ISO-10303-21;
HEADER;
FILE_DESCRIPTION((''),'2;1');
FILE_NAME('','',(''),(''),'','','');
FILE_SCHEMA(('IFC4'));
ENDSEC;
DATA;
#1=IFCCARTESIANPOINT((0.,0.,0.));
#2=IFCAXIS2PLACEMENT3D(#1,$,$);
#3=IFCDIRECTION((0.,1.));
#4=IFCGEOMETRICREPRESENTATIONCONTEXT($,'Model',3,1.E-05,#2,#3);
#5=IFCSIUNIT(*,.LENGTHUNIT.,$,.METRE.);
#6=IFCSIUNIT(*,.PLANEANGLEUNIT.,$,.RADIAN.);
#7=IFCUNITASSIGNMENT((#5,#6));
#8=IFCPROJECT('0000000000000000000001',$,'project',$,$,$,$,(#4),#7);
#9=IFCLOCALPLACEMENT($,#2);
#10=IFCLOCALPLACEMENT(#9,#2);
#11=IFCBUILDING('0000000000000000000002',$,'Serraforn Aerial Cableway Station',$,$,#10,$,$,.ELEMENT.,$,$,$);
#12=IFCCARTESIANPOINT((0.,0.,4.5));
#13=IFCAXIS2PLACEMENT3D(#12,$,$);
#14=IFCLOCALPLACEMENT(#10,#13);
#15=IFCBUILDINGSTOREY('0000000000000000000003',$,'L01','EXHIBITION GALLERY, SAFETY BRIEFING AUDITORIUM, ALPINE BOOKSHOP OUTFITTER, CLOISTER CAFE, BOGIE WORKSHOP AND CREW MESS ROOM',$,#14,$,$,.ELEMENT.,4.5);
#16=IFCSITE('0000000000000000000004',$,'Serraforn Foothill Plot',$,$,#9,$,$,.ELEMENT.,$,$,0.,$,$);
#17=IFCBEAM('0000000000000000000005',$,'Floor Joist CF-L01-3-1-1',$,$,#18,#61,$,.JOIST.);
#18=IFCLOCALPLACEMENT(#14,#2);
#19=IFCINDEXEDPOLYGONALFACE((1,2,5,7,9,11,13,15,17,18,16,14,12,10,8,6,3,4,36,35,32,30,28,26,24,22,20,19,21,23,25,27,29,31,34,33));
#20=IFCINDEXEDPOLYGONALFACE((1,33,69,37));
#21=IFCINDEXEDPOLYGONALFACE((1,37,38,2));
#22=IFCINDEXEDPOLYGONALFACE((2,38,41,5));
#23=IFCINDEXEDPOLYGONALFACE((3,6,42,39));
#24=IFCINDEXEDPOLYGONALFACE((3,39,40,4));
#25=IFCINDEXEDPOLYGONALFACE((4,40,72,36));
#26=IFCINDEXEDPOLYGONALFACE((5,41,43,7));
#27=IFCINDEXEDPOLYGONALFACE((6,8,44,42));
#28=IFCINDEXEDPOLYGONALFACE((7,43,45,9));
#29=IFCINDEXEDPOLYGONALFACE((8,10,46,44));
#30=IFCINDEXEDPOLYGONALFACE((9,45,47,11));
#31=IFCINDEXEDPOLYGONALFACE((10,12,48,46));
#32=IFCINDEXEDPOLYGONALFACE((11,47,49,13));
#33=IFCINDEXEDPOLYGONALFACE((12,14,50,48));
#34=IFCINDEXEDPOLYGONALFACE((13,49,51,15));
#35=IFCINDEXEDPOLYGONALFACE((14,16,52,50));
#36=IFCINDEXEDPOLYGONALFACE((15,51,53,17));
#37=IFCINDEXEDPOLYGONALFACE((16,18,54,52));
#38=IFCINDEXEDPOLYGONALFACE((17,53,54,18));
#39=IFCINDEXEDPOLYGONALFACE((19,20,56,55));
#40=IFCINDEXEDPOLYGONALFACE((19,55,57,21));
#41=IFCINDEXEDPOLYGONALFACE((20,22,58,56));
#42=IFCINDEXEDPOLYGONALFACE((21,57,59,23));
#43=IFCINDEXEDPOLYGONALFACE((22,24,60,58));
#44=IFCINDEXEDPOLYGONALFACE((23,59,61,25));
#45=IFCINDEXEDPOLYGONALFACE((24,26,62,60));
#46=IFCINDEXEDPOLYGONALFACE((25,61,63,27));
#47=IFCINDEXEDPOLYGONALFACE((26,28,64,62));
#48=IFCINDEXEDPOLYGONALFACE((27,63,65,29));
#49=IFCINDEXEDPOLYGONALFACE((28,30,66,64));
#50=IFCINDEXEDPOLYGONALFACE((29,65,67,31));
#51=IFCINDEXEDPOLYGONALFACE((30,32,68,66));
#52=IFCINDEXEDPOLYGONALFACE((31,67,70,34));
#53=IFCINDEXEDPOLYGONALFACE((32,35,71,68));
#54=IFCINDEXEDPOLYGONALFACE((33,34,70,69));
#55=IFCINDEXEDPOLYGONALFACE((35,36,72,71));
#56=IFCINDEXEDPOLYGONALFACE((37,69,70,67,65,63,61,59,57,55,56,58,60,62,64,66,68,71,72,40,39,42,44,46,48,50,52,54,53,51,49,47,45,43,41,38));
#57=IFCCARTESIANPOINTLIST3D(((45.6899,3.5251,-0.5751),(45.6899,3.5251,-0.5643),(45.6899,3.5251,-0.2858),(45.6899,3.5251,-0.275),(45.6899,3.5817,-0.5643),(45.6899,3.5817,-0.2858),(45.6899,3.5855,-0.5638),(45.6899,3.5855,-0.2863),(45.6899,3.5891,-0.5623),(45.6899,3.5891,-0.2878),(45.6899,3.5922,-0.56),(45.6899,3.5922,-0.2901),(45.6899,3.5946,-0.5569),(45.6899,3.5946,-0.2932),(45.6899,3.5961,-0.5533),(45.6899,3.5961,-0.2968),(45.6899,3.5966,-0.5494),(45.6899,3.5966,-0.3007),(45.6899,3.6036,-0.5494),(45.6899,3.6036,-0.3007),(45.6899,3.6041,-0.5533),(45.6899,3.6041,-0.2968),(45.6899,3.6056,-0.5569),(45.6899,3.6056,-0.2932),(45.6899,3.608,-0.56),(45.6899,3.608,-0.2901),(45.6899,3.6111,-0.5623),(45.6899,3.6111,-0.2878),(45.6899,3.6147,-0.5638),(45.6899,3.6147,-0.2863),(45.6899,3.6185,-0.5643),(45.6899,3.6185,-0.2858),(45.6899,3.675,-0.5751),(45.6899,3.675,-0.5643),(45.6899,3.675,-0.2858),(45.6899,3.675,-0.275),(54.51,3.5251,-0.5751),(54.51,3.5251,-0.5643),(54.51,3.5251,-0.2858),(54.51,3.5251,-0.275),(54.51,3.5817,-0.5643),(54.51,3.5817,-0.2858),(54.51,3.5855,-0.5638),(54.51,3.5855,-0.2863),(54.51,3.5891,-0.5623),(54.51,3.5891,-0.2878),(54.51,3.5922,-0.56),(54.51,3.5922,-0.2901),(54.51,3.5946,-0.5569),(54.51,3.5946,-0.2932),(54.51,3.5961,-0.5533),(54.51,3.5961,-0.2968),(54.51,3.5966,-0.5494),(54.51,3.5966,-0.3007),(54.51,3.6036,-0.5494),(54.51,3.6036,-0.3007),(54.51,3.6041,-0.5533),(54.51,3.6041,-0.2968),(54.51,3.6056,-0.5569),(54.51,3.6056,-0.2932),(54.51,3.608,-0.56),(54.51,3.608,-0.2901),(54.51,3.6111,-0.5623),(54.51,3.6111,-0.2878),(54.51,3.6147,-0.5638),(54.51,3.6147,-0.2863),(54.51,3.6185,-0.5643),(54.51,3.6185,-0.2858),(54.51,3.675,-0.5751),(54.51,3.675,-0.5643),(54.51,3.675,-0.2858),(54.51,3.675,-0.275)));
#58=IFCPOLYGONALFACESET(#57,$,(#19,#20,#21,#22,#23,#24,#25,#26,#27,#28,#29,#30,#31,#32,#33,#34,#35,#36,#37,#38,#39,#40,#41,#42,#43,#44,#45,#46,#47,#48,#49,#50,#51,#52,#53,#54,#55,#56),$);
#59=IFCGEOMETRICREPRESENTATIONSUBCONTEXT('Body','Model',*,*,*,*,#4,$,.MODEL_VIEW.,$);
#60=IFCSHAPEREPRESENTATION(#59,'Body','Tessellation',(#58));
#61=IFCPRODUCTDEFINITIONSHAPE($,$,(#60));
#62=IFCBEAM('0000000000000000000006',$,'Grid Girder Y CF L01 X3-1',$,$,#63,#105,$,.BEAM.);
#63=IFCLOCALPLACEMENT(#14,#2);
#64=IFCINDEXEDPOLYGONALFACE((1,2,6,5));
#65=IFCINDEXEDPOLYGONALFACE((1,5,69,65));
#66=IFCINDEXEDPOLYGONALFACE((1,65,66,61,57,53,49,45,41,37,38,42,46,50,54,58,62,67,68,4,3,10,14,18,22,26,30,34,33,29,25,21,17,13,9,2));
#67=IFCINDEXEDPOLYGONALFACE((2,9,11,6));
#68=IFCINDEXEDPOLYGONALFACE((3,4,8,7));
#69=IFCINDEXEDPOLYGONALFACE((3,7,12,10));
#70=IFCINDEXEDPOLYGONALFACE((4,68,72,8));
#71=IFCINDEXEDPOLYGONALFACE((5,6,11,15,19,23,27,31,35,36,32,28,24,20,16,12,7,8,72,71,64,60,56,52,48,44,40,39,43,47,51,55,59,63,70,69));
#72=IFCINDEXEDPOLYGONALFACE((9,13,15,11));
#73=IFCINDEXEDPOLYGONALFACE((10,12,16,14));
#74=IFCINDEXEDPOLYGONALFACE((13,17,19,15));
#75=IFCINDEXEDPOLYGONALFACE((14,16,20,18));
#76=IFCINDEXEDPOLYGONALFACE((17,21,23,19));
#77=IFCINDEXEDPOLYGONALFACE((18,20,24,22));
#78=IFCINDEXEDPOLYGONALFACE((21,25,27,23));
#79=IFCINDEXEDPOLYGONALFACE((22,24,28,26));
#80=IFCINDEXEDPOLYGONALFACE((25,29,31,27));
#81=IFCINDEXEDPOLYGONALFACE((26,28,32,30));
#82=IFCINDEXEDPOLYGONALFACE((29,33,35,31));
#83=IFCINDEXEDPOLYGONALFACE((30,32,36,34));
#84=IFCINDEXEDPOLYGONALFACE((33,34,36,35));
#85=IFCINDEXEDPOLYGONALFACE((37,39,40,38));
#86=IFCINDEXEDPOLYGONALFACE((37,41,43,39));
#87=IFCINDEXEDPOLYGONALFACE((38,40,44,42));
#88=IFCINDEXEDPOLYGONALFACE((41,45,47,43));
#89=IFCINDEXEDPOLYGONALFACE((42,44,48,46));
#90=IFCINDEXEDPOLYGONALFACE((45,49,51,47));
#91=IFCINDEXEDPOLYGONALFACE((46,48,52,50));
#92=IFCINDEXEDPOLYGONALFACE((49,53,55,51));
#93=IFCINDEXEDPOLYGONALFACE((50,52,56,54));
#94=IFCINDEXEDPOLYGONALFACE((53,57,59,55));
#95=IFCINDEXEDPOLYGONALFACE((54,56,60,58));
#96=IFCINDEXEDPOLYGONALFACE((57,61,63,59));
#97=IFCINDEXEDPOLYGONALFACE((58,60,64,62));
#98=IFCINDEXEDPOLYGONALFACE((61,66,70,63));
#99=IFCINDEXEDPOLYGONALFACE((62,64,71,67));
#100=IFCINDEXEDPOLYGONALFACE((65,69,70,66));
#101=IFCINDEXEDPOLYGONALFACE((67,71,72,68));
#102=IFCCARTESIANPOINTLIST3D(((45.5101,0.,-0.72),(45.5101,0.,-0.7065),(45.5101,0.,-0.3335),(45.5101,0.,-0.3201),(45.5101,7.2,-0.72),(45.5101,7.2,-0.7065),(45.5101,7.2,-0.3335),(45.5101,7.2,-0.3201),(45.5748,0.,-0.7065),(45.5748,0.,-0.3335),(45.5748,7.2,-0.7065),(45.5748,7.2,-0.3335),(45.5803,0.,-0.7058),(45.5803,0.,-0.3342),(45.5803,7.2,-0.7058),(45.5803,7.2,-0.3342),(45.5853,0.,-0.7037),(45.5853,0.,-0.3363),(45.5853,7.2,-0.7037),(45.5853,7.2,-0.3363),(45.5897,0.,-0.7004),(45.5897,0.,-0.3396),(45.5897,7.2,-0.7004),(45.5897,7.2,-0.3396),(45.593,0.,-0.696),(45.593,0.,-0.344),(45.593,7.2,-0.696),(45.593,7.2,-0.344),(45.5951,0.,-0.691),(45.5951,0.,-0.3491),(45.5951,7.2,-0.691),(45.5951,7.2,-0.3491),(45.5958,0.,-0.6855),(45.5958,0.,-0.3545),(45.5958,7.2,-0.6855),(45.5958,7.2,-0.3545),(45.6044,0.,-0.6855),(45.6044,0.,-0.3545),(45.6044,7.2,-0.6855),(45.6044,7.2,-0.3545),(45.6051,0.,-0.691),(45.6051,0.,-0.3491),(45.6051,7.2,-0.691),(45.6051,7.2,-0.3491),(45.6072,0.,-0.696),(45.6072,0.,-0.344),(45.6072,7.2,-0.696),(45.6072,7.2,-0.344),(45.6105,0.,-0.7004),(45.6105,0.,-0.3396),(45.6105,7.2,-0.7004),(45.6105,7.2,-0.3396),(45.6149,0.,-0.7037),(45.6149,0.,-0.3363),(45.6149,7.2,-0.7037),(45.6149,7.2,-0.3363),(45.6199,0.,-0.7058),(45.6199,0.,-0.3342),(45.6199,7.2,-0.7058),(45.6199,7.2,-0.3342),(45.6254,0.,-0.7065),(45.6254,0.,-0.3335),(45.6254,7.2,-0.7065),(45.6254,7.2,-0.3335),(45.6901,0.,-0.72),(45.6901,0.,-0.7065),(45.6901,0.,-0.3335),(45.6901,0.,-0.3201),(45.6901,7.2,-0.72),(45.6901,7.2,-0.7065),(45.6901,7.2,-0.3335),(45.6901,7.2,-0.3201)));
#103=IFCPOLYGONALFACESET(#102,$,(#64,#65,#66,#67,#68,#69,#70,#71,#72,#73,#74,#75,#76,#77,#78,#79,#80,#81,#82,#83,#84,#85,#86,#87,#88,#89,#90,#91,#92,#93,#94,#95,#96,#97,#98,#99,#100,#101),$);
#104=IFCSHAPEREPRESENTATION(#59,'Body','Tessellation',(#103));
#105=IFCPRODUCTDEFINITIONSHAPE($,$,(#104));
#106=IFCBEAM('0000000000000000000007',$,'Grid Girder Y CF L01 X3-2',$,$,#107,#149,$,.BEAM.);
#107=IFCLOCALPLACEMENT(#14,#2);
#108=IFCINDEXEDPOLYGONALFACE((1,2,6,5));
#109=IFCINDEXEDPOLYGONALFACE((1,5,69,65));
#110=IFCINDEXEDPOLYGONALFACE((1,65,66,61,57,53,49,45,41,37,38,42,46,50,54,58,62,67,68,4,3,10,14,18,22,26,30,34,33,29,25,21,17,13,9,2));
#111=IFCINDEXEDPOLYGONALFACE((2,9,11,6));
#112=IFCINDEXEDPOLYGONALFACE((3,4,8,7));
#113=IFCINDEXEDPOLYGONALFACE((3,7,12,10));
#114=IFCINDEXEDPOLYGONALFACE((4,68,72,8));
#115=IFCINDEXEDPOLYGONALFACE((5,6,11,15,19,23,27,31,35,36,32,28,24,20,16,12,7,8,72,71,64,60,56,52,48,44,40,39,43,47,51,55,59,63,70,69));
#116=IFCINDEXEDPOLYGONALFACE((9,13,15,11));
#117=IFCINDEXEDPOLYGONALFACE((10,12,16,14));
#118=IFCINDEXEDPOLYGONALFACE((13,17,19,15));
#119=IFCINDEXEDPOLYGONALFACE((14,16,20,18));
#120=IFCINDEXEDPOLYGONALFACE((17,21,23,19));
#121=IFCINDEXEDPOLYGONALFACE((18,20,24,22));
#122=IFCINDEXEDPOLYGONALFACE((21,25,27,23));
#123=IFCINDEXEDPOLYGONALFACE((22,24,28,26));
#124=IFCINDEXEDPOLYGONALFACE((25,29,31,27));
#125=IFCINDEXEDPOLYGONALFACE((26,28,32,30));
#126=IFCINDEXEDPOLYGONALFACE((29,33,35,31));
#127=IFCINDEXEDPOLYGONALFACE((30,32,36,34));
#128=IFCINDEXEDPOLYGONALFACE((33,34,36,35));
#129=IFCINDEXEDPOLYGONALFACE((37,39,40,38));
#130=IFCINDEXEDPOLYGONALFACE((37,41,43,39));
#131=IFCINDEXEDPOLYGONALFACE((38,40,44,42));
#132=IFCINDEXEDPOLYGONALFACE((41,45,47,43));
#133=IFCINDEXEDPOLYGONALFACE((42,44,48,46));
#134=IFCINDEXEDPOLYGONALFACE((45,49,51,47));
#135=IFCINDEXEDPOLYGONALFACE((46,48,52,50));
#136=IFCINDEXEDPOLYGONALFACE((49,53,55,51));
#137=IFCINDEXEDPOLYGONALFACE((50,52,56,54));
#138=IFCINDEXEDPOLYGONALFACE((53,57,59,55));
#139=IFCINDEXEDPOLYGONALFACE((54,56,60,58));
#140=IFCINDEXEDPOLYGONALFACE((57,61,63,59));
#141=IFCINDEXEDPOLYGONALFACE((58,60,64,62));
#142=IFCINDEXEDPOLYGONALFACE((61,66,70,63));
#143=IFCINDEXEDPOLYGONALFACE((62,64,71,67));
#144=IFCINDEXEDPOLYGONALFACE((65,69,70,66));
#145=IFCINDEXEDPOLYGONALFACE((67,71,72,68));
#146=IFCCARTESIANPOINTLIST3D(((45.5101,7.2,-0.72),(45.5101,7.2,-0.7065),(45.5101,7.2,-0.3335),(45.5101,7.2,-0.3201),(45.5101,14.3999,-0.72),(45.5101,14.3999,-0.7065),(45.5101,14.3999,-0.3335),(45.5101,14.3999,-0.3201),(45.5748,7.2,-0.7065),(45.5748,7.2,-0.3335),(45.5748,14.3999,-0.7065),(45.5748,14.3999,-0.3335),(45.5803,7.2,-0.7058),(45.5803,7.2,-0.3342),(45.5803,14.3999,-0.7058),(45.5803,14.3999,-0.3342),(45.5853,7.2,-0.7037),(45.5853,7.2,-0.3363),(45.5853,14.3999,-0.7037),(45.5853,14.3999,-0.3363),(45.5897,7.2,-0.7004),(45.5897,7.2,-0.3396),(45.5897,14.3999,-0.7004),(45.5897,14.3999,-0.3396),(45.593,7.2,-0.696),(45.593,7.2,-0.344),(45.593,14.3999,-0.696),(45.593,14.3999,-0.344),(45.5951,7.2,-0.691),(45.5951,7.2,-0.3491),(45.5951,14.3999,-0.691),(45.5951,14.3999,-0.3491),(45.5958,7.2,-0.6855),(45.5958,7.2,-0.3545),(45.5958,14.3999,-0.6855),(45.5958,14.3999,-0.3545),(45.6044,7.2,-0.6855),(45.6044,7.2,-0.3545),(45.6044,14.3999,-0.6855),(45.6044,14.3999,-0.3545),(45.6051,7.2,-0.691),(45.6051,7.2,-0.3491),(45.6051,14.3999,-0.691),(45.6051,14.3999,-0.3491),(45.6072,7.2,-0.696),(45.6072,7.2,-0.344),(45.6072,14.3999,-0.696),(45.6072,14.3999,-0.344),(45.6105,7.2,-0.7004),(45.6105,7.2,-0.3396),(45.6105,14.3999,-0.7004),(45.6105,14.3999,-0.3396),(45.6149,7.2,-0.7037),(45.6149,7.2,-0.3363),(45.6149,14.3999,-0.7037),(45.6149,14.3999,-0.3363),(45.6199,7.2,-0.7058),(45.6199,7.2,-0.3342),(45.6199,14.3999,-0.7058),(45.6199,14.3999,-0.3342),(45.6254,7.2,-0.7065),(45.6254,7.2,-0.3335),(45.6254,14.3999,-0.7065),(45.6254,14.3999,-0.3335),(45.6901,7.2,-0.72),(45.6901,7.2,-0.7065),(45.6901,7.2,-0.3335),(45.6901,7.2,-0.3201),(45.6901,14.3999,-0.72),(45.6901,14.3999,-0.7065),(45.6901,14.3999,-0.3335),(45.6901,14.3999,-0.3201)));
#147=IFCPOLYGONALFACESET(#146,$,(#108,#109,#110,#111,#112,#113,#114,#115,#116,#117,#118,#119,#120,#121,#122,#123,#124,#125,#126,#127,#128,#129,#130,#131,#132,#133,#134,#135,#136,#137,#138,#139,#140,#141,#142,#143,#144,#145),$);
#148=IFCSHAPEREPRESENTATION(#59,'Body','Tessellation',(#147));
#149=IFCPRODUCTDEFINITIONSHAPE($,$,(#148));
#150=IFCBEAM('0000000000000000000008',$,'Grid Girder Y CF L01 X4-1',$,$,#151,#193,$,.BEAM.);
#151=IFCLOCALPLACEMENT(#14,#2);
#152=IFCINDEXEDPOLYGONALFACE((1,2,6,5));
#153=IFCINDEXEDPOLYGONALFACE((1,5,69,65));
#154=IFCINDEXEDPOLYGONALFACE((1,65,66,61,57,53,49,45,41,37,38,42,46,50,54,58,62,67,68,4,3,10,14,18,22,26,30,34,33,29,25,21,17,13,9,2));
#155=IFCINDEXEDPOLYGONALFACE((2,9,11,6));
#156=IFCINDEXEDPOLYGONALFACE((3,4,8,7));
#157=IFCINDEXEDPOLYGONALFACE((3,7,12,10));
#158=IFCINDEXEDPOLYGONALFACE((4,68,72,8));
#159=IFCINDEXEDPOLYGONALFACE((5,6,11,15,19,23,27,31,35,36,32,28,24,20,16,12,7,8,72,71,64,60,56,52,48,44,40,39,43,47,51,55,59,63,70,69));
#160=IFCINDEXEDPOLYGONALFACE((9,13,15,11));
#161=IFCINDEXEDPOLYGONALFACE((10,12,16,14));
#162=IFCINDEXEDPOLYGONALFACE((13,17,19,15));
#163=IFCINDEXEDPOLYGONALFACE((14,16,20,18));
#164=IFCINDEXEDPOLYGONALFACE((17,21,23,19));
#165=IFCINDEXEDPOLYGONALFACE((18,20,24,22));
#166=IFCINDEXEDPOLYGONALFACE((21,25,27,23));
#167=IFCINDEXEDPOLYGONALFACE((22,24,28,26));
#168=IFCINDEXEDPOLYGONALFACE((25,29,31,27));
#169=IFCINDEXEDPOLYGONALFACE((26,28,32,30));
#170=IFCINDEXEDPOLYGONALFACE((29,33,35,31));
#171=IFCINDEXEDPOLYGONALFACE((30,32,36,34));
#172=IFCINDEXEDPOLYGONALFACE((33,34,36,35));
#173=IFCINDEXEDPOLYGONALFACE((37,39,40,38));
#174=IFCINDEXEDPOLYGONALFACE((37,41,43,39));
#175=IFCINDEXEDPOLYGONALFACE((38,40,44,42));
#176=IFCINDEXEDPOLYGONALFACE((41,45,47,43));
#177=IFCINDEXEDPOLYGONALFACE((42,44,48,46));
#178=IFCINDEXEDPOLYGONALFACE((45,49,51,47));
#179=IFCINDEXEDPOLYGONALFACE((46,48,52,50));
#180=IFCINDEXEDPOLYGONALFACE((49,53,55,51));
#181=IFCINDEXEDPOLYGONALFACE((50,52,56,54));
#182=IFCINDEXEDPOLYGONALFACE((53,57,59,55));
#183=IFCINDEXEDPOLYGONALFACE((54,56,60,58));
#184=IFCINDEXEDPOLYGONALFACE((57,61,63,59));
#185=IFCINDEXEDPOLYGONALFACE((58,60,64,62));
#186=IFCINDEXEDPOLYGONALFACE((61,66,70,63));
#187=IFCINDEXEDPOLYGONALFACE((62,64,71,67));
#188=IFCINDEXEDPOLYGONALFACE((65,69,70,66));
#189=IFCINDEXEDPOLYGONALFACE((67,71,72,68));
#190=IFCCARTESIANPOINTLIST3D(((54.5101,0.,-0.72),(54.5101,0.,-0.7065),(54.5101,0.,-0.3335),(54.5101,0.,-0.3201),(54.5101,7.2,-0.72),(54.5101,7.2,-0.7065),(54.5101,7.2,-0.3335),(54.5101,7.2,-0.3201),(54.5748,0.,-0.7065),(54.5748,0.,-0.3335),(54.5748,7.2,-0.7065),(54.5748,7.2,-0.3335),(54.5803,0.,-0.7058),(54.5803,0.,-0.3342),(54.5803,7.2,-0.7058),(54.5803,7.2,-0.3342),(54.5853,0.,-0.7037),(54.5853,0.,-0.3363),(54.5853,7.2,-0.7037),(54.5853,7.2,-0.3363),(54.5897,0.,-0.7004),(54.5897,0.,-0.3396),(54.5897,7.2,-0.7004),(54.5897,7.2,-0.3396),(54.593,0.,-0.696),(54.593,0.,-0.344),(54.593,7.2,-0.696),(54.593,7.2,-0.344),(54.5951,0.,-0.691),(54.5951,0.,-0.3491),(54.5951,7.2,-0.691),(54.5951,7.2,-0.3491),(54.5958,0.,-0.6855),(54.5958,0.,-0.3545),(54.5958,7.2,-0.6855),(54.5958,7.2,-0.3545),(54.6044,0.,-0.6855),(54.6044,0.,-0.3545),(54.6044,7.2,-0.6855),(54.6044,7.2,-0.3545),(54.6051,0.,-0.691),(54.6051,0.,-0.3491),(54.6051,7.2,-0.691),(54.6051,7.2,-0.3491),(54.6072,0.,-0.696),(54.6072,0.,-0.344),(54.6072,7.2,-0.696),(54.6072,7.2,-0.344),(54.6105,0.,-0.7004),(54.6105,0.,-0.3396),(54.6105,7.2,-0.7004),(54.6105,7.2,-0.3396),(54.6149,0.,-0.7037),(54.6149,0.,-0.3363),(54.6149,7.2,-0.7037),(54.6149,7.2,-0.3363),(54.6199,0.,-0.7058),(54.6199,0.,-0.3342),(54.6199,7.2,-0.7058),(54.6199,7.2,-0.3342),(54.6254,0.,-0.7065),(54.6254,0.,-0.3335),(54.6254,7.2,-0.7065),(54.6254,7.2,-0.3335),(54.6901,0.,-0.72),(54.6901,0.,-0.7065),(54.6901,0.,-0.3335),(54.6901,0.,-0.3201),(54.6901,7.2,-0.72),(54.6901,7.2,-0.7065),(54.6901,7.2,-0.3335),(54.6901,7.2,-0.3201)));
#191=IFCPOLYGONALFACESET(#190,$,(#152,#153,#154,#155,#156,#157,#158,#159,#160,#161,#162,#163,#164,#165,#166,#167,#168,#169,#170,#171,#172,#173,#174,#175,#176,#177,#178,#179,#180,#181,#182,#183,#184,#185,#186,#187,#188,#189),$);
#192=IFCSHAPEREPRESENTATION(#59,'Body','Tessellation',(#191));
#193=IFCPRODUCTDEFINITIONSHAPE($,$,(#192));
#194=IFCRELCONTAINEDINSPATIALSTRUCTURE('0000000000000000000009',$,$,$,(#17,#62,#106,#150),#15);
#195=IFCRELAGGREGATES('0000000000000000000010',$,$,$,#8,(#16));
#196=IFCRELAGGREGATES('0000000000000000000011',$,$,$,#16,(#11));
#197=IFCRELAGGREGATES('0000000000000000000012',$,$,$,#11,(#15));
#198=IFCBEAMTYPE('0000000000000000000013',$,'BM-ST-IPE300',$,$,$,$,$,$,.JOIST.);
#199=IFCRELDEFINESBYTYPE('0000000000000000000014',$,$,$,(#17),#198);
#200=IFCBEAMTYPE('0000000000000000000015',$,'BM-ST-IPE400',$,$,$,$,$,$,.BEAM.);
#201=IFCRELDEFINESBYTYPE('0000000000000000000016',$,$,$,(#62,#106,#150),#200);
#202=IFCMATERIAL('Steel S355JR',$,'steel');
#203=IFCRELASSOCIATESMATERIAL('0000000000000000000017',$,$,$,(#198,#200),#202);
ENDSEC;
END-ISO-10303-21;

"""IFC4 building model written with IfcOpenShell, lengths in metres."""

from ifc_helpers import new_model, si_unit, direction, frame, origin, origin_2d, place, context, subcontext, project, spatial, i_section, extrude, material, material_profile, profile_set, type_object, element, save


model = new_model("IFC4")

# Units and contexts
model_context = context("Model", 3, precision=1e-05, world=origin(), true_north=direction((0.0, 1.0)))
body_context = subcontext(model_context, "Body", "Model", "MODEL_VIEW")
ifc_project = project(units=[si_unit("LENGTHUNIT", "METRE"), si_unit("PLANEANGLEUNIT", "RADIAN")], contexts=[model_context])

# Site, building, storey
site_placement = place(None, origin())
site = spatial("IfcSite", under=ifc_project, at=site_placement, Name="Serraforn Foothill Plot", CompositionType="ELEMENT", RefElevation=0.0)
building_placement = place(site_placement, origin())
building = spatial("IfcBuilding", under=site, at=building_placement, Name="Serraforn Aerial Cableway Station", CompositionType="ELEMENT")
storey_placement = place(building_placement, frame((0.0, 0.0, 4.5)))
storey = spatial("IfcBuildingStorey", under=building, at=storey_placement, Name="L01", Description="EXHIBITION GALLERY, SAFETY BRIEFING AUDITORIUM, ALPINE BOOKSHOP OUTFITTER, CLOISTER CAFE, BOGIE WORKSHOP AND CREW MESS ROOM", CompositionType="ELEMENT", Elevation=4.5)

# Beams
ifc_material_1 = material(Name="Steel S355JR", Category="steel")
ifc_material_profile_1 = material_profile(ifc_material_1, i_section(OverallWidth=0.1499, OverallDepth=0.3, WebThickness=0.0071, FlangeThickness=0.0107, FilletRadius=0.0149, at=origin_2d()), Name="IPE 300")
ifc_profile_set_1 = profile_set([ifc_material_profile_1], Name="Steel S355JR")
beam_type_1 = type_object("IfcBeamType", Name="BM-ST-IPE300", PredefinedType="JOIST", material=ifc_profile_set_1)
beam_1_placement = place(storey_placement, frame((45.6899, 3.6001, -0.425), z_axis=(1.0, 0.0, 0.0), x_axis=(0.0, 1.0, 0.0)))
element("IfcBeam", 1, at=beam_1_placement, inside=storey, type_object=beam_type_1, Name="Floor Joist CF-L01-3-1-1", PredefinedType="JOIST", context=body_context, shape_type="SweptSolid", body=[
    extrude(i_section(OverallWidth=0.1499, OverallDepth=0.3, WebThickness=0.0071, FlangeThickness=0.0107, FilletRadius=0.0149, at=origin_2d()), origin(), (0.0, 0.0, 1.0), 8.8201),
])
ifc_material_profile_2 = material_profile(ifc_material_1, i_section(OverallWidth=0.1799, OverallDepth=0.3999, WebThickness=0.0085, FlangeThickness=0.0134, FilletRadius=0.021, at=origin_2d()), Name="IPE 400")
ifc_profile_set_2 = profile_set([ifc_material_profile_2], Name="Steel S355JR")
beam_type_2 = type_object("IfcBeamType", Name="BM-ST-IPE400", PredefinedType="BEAM", material=ifc_profile_set_2)
for number, where, z_axis, x_axis, name in (
    (2, (45.6001, 0.0, -0.52), (0.0, 1.0, 0.0), (-1.0, 0.0, 0.0), "Grid Girder Y CF L01 X3-1"),
    (3, (45.6001, 7.2, -0.52), (0.0, 1.0, 0.0), (-1.0, 0.0, 0.0), "Grid Girder Y CF L01 X3-2"),
    (4, (54.6001, 0.0, -0.52), (0.0, 1.0, 0.0), (-1.0, 0.0, 0.0), "Grid Girder Y CF L01 X4-1"),
):
    element("IfcBeam", number, at=place(storey_placement, frame(where, z_axis=z_axis, x_axis=x_axis)), inside=storey, type_object=beam_type_2, Name=name, PredefinedType="BEAM", context=body_context, shape_type="SweptSolid", body=[
        extrude(i_section(OverallWidth=0.1799, OverallDepth=0.3999, WebThickness=0.0085, FlangeThickness=0.0134, FilletRadius=0.021, at=origin_2d()), origin(), (0.0, 0.0, 1.0), 7.2),
    ])

save(model, "model.ifc")
